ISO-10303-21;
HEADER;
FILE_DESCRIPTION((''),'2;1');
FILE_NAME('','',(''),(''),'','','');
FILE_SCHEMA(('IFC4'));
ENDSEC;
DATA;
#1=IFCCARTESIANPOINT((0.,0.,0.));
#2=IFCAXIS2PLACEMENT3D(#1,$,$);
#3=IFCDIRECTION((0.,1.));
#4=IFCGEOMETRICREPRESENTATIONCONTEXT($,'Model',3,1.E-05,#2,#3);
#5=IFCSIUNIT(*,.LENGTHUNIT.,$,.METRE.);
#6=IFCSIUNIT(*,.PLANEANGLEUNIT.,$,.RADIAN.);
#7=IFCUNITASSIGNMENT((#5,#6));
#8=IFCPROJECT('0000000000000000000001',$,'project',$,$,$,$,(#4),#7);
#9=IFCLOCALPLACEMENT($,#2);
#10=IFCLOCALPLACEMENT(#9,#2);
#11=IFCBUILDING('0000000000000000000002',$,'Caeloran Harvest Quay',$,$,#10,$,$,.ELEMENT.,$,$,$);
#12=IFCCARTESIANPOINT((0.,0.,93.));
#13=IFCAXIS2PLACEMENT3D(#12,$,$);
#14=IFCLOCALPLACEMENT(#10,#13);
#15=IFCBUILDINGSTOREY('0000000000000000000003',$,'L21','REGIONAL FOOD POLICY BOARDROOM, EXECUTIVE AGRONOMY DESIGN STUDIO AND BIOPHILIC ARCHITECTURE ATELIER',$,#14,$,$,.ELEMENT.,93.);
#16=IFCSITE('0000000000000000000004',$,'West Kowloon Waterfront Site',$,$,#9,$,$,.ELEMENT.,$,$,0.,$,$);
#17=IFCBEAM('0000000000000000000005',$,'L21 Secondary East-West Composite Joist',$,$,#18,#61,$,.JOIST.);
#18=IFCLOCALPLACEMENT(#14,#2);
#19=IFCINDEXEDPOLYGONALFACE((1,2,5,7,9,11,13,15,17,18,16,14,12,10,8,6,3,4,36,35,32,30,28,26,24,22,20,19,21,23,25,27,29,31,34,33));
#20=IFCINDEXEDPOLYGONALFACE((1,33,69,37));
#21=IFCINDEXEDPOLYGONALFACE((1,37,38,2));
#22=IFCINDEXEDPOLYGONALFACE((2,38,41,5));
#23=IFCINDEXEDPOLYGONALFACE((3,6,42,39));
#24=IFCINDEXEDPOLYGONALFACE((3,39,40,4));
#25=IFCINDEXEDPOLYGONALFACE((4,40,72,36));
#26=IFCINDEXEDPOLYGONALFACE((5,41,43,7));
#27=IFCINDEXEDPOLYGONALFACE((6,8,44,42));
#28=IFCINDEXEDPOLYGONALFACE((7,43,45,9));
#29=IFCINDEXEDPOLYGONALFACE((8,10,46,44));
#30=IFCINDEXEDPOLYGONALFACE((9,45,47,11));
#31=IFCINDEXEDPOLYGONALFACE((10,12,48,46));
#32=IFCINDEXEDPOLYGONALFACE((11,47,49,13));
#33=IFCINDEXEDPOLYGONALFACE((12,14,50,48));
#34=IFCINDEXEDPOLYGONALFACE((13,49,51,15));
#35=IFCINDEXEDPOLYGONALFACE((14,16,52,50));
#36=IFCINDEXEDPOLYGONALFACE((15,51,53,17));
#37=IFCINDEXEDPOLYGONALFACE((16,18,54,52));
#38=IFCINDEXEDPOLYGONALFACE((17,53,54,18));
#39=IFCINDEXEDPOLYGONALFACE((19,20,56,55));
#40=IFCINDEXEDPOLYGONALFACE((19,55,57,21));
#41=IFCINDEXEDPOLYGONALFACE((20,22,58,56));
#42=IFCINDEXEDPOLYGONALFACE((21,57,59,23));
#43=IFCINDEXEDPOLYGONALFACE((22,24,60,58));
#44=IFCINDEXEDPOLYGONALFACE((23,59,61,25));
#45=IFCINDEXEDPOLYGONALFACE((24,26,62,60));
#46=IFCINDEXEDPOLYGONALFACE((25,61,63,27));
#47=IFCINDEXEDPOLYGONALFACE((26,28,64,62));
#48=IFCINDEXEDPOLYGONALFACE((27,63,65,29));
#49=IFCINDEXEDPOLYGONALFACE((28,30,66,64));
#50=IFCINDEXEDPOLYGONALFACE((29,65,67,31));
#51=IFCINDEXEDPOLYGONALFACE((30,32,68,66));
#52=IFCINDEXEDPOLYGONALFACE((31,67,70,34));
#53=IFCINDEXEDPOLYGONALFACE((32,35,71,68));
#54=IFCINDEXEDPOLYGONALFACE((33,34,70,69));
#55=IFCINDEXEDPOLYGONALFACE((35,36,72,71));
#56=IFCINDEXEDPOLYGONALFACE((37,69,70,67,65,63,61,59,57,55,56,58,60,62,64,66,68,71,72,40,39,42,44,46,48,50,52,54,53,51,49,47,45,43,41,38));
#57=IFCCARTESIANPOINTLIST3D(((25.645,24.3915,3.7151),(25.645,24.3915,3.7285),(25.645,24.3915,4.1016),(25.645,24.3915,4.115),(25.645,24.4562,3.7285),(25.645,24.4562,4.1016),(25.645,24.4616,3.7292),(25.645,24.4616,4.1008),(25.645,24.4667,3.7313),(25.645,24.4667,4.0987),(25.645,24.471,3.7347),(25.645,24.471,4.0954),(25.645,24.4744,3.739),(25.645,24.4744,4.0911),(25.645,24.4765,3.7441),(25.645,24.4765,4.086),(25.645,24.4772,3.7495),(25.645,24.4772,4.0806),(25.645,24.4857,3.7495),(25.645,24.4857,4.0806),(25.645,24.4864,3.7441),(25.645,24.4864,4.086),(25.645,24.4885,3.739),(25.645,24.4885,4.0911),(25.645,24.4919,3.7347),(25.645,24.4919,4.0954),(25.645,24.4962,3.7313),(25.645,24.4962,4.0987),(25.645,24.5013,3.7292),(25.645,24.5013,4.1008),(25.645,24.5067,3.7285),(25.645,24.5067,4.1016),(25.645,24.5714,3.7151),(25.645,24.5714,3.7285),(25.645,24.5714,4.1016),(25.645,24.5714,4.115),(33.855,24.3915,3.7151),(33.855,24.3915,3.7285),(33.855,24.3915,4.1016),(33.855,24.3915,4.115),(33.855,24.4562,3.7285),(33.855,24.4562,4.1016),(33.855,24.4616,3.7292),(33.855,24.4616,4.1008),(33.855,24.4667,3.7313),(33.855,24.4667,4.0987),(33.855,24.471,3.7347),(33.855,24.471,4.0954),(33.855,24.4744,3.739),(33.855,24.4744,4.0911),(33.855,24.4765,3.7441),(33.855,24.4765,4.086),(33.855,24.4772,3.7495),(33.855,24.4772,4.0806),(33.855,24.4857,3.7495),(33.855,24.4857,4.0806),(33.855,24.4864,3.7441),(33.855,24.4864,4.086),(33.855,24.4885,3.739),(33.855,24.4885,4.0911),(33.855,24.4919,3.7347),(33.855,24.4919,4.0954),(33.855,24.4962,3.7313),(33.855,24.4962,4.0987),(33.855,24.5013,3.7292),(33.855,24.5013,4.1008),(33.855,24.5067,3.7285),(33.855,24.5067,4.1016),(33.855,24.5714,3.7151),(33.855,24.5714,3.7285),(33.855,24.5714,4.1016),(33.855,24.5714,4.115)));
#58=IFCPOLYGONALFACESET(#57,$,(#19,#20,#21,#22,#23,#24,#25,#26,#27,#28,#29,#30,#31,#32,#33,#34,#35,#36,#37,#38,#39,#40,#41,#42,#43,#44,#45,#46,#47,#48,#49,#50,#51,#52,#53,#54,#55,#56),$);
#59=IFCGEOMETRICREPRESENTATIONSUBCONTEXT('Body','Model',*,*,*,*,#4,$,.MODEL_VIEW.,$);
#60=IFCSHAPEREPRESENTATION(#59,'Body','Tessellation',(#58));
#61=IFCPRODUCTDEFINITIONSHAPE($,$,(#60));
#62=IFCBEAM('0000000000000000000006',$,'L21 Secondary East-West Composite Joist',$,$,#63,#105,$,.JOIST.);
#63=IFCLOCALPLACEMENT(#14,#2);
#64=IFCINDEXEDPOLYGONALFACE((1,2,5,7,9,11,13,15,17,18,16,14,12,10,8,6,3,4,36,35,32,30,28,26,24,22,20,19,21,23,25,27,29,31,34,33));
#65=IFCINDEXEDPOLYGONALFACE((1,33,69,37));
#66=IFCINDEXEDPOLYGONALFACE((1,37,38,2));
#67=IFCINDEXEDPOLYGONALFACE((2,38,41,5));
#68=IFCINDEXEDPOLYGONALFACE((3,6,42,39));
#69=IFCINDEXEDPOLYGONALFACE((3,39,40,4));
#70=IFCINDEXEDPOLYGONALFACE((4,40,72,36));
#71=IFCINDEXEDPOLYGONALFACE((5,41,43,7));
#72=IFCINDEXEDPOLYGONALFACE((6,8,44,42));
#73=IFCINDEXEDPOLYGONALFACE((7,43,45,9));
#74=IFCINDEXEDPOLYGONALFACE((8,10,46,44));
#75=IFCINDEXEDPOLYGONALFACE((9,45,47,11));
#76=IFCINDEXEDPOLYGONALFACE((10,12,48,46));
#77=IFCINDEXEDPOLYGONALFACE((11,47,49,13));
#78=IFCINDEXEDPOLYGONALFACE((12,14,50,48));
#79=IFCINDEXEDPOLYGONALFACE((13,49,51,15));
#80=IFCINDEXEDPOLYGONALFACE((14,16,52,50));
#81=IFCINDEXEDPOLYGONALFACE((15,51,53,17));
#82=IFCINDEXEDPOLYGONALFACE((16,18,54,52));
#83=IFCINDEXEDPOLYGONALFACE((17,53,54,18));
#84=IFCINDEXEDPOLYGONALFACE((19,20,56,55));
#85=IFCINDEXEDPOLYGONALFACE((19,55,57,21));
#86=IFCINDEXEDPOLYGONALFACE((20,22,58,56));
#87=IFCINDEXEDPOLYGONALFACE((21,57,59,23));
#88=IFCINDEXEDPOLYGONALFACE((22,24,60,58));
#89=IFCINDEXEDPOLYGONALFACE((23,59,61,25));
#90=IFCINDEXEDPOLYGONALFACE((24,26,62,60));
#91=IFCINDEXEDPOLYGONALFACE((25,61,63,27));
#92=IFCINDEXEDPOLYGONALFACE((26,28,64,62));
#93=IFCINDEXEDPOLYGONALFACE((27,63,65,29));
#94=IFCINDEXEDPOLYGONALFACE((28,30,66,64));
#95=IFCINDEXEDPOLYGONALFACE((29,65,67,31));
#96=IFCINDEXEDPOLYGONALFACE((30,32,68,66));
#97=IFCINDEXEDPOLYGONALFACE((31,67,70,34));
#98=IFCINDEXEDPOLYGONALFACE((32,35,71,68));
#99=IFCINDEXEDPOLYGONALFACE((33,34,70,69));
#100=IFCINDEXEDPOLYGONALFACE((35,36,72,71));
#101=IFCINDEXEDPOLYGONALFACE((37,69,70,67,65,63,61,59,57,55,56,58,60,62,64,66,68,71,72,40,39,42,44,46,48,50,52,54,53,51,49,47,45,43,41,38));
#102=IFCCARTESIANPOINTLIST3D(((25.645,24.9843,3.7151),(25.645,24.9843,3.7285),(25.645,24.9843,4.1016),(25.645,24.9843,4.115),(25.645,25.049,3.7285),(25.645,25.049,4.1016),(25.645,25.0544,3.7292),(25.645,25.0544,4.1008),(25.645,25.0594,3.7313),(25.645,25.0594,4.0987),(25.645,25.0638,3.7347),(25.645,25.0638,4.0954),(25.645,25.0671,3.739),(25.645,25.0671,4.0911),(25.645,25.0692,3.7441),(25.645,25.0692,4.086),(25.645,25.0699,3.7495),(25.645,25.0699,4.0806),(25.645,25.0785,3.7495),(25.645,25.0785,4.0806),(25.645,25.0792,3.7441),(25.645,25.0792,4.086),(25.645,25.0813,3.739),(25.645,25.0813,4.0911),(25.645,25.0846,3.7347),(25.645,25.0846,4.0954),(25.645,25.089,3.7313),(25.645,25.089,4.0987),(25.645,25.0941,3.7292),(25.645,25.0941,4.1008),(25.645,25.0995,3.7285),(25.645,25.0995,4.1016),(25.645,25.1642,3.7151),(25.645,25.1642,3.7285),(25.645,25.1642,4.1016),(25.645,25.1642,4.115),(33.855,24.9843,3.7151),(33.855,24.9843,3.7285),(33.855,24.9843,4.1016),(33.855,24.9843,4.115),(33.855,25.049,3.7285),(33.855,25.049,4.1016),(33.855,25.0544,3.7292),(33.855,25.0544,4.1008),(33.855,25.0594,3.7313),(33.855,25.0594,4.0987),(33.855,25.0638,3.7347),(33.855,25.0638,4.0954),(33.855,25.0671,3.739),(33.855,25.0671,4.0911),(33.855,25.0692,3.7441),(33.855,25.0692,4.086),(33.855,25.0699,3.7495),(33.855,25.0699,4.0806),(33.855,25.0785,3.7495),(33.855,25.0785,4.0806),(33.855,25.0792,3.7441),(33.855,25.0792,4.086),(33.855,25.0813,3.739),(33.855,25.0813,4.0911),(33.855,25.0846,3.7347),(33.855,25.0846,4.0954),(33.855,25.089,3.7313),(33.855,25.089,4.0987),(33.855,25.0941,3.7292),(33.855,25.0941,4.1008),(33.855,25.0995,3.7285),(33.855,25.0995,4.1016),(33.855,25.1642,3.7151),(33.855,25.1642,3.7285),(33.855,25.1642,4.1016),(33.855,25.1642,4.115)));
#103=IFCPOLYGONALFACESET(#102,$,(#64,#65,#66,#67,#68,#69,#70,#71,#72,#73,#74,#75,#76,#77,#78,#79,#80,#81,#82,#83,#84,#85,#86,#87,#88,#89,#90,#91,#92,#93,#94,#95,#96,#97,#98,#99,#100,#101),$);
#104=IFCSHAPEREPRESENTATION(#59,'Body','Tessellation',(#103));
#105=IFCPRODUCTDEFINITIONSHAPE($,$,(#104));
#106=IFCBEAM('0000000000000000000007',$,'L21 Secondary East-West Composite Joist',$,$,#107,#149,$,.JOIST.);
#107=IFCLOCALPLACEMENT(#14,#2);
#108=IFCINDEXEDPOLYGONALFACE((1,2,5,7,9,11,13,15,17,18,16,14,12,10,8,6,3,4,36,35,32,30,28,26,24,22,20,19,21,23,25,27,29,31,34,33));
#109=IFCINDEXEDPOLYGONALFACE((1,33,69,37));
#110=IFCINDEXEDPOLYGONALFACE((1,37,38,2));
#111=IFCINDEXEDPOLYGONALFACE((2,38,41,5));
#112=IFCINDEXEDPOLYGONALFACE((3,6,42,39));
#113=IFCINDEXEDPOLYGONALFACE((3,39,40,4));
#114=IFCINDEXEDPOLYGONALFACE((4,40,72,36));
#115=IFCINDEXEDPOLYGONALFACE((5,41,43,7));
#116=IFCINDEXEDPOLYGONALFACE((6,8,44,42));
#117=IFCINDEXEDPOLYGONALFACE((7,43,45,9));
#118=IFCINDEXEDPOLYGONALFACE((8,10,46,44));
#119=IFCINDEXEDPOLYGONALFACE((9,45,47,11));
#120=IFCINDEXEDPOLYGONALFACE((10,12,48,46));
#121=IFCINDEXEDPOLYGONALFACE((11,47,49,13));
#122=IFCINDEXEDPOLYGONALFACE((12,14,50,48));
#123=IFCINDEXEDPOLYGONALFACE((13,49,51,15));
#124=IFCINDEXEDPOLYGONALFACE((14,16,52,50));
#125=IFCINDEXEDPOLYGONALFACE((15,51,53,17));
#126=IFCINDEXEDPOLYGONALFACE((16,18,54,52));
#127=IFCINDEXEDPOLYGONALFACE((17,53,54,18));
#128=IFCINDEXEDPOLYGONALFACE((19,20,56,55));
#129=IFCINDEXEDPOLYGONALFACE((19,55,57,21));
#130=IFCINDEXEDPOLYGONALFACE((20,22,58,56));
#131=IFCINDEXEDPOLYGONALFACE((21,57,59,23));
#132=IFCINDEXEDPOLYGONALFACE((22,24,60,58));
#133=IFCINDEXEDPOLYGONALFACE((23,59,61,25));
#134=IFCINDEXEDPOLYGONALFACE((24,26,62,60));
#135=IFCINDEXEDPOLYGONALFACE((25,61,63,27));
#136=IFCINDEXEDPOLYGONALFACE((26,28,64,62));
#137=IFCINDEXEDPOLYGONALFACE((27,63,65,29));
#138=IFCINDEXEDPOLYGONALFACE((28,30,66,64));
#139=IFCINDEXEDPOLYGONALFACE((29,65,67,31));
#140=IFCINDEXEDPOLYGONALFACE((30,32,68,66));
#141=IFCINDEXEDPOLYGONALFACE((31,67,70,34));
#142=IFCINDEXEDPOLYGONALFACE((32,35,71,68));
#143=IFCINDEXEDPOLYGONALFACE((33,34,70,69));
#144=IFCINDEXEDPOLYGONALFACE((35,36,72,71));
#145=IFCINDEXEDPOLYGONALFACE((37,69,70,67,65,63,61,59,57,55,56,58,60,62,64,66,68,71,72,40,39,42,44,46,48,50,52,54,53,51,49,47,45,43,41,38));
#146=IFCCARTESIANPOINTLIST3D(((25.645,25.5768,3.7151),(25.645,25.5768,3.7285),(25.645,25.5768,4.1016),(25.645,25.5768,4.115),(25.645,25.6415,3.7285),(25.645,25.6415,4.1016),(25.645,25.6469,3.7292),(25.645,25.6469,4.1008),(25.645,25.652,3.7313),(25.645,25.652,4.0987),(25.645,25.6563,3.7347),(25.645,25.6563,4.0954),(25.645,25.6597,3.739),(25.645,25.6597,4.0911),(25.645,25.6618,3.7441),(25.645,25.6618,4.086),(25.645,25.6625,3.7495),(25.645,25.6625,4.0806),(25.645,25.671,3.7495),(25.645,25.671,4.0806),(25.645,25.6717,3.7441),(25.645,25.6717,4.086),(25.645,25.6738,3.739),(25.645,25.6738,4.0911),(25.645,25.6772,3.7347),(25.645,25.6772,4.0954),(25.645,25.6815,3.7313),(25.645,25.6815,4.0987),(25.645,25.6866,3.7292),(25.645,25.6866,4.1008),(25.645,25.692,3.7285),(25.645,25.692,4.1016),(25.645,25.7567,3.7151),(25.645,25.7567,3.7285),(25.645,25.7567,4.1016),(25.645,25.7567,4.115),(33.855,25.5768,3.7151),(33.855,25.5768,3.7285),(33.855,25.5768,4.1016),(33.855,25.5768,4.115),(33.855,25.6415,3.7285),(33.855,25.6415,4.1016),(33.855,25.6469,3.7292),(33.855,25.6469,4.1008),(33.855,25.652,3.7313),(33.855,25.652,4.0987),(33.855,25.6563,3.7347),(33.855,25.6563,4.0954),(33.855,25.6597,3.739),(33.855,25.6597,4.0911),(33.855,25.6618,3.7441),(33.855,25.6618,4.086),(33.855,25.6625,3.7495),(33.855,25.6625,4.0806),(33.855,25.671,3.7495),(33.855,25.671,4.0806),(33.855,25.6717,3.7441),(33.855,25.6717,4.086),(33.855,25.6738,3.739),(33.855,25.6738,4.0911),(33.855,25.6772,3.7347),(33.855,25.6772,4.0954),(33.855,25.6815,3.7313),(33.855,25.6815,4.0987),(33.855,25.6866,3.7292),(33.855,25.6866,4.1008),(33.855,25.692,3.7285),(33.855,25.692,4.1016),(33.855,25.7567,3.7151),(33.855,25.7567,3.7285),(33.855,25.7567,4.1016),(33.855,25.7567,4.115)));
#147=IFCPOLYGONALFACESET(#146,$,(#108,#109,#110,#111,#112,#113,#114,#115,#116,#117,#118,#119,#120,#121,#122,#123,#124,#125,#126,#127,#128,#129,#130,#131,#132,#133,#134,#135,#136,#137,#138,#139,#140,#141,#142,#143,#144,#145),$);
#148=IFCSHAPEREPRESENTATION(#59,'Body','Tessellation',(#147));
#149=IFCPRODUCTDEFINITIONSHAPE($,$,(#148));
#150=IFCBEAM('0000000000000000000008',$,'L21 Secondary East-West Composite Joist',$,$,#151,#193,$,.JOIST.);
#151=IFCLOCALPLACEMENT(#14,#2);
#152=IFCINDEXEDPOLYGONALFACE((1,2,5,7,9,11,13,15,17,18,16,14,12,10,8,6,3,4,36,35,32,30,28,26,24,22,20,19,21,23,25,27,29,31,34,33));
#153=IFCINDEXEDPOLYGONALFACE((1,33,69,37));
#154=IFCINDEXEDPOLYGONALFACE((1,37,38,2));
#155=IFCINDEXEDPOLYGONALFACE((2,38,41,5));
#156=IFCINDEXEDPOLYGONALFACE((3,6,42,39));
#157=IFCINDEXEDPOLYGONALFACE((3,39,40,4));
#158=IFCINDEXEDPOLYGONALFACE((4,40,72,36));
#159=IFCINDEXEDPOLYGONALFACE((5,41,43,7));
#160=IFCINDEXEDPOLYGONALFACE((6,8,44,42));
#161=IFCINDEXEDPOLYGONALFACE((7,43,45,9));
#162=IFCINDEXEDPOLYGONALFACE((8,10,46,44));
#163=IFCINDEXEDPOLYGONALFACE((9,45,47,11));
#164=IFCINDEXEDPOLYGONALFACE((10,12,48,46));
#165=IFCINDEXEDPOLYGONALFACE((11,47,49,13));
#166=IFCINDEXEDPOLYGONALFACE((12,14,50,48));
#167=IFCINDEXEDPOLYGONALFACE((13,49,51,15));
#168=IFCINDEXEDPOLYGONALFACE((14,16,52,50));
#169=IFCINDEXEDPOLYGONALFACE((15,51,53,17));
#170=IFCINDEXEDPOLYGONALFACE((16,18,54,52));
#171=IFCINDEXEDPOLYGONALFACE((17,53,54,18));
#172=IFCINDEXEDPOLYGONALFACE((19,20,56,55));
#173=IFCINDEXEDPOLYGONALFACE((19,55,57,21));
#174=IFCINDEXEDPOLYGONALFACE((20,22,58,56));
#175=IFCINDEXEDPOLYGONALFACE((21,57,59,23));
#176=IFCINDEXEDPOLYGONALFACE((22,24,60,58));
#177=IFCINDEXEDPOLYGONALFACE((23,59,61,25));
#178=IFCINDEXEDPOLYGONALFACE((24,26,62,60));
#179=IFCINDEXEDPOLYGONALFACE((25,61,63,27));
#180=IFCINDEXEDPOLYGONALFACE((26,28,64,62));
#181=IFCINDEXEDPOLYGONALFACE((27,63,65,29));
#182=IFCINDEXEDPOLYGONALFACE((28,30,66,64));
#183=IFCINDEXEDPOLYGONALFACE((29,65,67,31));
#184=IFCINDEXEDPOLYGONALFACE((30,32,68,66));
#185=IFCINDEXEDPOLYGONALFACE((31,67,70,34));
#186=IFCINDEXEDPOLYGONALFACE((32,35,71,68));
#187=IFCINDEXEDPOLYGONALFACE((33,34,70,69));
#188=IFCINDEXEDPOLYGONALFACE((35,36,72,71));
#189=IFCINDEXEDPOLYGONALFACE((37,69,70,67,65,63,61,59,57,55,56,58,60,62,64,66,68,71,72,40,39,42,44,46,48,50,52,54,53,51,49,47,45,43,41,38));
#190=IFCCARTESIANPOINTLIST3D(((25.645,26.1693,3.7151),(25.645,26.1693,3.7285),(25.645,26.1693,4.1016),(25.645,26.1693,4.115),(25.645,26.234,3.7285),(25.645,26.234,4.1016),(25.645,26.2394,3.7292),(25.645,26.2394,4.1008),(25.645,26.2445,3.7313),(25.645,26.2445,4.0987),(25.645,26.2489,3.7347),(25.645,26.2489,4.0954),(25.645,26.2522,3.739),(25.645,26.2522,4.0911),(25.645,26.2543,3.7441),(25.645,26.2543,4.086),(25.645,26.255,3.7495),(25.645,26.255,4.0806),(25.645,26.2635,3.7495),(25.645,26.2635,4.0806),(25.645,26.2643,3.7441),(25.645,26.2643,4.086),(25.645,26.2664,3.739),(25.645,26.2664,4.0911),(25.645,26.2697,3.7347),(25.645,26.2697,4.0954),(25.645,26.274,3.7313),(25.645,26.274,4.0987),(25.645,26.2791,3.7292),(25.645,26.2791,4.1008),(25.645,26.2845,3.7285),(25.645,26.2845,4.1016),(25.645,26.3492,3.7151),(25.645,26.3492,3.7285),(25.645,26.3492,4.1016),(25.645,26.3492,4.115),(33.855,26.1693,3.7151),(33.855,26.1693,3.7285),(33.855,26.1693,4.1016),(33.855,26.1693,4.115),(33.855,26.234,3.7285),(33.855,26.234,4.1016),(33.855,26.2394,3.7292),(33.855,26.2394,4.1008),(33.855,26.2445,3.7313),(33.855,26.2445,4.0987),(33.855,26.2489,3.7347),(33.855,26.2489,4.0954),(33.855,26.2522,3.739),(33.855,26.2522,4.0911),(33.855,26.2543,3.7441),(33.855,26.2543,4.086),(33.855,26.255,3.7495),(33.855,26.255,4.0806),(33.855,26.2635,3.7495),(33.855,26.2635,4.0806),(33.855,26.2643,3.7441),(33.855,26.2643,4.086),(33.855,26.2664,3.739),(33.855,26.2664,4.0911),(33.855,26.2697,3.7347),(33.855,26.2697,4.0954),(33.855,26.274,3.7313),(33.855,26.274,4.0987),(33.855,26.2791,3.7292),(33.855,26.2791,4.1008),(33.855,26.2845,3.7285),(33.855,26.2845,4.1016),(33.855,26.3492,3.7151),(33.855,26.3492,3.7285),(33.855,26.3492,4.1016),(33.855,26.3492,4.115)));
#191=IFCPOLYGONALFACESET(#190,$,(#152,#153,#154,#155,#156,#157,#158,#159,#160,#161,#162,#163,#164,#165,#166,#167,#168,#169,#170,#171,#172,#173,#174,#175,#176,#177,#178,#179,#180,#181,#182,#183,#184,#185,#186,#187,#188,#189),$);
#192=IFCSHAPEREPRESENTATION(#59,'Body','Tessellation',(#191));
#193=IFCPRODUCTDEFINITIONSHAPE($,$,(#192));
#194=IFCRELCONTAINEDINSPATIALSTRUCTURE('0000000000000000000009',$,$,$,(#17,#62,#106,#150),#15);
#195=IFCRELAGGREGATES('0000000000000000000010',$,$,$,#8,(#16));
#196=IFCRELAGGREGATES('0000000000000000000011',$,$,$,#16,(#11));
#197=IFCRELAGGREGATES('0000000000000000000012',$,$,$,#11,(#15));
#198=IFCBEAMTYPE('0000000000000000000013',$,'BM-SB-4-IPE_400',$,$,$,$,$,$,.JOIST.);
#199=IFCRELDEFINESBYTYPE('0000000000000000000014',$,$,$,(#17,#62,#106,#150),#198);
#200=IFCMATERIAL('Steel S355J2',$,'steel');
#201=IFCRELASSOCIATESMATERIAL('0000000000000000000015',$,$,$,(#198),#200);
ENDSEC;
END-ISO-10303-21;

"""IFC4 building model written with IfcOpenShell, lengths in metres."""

from ifc_helpers import new_model, si_unit, direction, frame, origin, origin_2d, place, context, subcontext, project, spatial, i_section, extrude, material, material_profile, profile_set, type_object, element, save


model = new_model("IFC4")

# Units and contexts
model_context = context("Model", 3, precision=1e-05, world=origin(), true_north=direction((0.0, 1.0)))
body_context = subcontext(model_context, "Body", "Model", "MODEL_VIEW")
ifc_project = project(units=[si_unit("LENGTHUNIT", "METRE"), si_unit("PLANEANGLEUNIT", "RADIAN")], contexts=[model_context])

# Site, building, storey
site_placement = place(None, origin())
site = spatial("IfcSite", under=ifc_project, at=site_placement, Name="West Kowloon Waterfront Site", CompositionType="ELEMENT", RefElevation=0.0)
building_placement = place(site_placement, origin())
building = spatial("IfcBuilding", under=site, at=building_placement, Name="Caeloran Harvest Quay", CompositionType="ELEMENT")
storey_placement = place(building_placement, frame((0.0, 0.0, 93.0)))
storey = spatial("IfcBuildingStorey", under=building, at=storey_placement, Name="L21", Description="REGIONAL FOOD POLICY BOARDROOM, EXECUTIVE AGRONOMY DESIGN STUDIO AND BIOPHILIC ARCHITECTURE ATELIER", CompositionType="ELEMENT", Elevation=93.0)

# Beams
ifc_material_1 = material(Name="Steel S355J2", Category="steel")
ifc_material_profile_1 = material_profile(ifc_material_1, i_section(OverallWidth=0.1799, OverallDepth=0.3999, WebThickness=0.0085, FlangeThickness=0.0134, FilletRadius=0.021, at=origin_2d()), Name="IPE 400")
ifc_profile_set_1 = profile_set([ifc_material_profile_1], Name="Steel S355J2")
beam_type_1 = type_object("IfcBeamType", Name="BM-SB-4-IPE_400", PredefinedType="JOIST", material=ifc_profile_set_1)
for number, where, z_axis, x_axis, name in (
    (1, (25.645, 24.4814, 3.915), (1.0, 0.0, 0.0), (0.0, 1.0, 0.0), "L21 Secondary East-West Composite Joist"),
    (2, (25.645, 25.0742, 3.915), (1.0, 0.0, 0.0), (0.0, 1.0, 0.0), "L21 Secondary East-West Composite Joist"),
    (3, (25.645, 25.6667, 3.915), (1.0, 0.0, 0.0), (0.0, 1.0, 0.0), "L21 Secondary East-West Composite Joist"),
    (4, (25.645, 26.2593, 3.915), (1.0, 0.0, 0.0), (0.0, 1.0, 0.0), "L21 Secondary East-West Composite Joist"),
):
    element("IfcBeam", number, at=place(storey_placement, frame(where, z_axis=z_axis, x_axis=x_axis)), inside=storey, type_object=beam_type_1, Name=name, PredefinedType="JOIST", context=body_context, shape_type="SweptSolid", body=[
        extrude(i_section(OverallWidth=0.1799, OverallDepth=0.3999, WebThickness=0.0085, FlangeThickness=0.0134, FilletRadius=0.021, at=origin_2d()), origin(), (0.0, 0.0, 1.0), 8.21),
    ])

save(model, "model.ifc")
